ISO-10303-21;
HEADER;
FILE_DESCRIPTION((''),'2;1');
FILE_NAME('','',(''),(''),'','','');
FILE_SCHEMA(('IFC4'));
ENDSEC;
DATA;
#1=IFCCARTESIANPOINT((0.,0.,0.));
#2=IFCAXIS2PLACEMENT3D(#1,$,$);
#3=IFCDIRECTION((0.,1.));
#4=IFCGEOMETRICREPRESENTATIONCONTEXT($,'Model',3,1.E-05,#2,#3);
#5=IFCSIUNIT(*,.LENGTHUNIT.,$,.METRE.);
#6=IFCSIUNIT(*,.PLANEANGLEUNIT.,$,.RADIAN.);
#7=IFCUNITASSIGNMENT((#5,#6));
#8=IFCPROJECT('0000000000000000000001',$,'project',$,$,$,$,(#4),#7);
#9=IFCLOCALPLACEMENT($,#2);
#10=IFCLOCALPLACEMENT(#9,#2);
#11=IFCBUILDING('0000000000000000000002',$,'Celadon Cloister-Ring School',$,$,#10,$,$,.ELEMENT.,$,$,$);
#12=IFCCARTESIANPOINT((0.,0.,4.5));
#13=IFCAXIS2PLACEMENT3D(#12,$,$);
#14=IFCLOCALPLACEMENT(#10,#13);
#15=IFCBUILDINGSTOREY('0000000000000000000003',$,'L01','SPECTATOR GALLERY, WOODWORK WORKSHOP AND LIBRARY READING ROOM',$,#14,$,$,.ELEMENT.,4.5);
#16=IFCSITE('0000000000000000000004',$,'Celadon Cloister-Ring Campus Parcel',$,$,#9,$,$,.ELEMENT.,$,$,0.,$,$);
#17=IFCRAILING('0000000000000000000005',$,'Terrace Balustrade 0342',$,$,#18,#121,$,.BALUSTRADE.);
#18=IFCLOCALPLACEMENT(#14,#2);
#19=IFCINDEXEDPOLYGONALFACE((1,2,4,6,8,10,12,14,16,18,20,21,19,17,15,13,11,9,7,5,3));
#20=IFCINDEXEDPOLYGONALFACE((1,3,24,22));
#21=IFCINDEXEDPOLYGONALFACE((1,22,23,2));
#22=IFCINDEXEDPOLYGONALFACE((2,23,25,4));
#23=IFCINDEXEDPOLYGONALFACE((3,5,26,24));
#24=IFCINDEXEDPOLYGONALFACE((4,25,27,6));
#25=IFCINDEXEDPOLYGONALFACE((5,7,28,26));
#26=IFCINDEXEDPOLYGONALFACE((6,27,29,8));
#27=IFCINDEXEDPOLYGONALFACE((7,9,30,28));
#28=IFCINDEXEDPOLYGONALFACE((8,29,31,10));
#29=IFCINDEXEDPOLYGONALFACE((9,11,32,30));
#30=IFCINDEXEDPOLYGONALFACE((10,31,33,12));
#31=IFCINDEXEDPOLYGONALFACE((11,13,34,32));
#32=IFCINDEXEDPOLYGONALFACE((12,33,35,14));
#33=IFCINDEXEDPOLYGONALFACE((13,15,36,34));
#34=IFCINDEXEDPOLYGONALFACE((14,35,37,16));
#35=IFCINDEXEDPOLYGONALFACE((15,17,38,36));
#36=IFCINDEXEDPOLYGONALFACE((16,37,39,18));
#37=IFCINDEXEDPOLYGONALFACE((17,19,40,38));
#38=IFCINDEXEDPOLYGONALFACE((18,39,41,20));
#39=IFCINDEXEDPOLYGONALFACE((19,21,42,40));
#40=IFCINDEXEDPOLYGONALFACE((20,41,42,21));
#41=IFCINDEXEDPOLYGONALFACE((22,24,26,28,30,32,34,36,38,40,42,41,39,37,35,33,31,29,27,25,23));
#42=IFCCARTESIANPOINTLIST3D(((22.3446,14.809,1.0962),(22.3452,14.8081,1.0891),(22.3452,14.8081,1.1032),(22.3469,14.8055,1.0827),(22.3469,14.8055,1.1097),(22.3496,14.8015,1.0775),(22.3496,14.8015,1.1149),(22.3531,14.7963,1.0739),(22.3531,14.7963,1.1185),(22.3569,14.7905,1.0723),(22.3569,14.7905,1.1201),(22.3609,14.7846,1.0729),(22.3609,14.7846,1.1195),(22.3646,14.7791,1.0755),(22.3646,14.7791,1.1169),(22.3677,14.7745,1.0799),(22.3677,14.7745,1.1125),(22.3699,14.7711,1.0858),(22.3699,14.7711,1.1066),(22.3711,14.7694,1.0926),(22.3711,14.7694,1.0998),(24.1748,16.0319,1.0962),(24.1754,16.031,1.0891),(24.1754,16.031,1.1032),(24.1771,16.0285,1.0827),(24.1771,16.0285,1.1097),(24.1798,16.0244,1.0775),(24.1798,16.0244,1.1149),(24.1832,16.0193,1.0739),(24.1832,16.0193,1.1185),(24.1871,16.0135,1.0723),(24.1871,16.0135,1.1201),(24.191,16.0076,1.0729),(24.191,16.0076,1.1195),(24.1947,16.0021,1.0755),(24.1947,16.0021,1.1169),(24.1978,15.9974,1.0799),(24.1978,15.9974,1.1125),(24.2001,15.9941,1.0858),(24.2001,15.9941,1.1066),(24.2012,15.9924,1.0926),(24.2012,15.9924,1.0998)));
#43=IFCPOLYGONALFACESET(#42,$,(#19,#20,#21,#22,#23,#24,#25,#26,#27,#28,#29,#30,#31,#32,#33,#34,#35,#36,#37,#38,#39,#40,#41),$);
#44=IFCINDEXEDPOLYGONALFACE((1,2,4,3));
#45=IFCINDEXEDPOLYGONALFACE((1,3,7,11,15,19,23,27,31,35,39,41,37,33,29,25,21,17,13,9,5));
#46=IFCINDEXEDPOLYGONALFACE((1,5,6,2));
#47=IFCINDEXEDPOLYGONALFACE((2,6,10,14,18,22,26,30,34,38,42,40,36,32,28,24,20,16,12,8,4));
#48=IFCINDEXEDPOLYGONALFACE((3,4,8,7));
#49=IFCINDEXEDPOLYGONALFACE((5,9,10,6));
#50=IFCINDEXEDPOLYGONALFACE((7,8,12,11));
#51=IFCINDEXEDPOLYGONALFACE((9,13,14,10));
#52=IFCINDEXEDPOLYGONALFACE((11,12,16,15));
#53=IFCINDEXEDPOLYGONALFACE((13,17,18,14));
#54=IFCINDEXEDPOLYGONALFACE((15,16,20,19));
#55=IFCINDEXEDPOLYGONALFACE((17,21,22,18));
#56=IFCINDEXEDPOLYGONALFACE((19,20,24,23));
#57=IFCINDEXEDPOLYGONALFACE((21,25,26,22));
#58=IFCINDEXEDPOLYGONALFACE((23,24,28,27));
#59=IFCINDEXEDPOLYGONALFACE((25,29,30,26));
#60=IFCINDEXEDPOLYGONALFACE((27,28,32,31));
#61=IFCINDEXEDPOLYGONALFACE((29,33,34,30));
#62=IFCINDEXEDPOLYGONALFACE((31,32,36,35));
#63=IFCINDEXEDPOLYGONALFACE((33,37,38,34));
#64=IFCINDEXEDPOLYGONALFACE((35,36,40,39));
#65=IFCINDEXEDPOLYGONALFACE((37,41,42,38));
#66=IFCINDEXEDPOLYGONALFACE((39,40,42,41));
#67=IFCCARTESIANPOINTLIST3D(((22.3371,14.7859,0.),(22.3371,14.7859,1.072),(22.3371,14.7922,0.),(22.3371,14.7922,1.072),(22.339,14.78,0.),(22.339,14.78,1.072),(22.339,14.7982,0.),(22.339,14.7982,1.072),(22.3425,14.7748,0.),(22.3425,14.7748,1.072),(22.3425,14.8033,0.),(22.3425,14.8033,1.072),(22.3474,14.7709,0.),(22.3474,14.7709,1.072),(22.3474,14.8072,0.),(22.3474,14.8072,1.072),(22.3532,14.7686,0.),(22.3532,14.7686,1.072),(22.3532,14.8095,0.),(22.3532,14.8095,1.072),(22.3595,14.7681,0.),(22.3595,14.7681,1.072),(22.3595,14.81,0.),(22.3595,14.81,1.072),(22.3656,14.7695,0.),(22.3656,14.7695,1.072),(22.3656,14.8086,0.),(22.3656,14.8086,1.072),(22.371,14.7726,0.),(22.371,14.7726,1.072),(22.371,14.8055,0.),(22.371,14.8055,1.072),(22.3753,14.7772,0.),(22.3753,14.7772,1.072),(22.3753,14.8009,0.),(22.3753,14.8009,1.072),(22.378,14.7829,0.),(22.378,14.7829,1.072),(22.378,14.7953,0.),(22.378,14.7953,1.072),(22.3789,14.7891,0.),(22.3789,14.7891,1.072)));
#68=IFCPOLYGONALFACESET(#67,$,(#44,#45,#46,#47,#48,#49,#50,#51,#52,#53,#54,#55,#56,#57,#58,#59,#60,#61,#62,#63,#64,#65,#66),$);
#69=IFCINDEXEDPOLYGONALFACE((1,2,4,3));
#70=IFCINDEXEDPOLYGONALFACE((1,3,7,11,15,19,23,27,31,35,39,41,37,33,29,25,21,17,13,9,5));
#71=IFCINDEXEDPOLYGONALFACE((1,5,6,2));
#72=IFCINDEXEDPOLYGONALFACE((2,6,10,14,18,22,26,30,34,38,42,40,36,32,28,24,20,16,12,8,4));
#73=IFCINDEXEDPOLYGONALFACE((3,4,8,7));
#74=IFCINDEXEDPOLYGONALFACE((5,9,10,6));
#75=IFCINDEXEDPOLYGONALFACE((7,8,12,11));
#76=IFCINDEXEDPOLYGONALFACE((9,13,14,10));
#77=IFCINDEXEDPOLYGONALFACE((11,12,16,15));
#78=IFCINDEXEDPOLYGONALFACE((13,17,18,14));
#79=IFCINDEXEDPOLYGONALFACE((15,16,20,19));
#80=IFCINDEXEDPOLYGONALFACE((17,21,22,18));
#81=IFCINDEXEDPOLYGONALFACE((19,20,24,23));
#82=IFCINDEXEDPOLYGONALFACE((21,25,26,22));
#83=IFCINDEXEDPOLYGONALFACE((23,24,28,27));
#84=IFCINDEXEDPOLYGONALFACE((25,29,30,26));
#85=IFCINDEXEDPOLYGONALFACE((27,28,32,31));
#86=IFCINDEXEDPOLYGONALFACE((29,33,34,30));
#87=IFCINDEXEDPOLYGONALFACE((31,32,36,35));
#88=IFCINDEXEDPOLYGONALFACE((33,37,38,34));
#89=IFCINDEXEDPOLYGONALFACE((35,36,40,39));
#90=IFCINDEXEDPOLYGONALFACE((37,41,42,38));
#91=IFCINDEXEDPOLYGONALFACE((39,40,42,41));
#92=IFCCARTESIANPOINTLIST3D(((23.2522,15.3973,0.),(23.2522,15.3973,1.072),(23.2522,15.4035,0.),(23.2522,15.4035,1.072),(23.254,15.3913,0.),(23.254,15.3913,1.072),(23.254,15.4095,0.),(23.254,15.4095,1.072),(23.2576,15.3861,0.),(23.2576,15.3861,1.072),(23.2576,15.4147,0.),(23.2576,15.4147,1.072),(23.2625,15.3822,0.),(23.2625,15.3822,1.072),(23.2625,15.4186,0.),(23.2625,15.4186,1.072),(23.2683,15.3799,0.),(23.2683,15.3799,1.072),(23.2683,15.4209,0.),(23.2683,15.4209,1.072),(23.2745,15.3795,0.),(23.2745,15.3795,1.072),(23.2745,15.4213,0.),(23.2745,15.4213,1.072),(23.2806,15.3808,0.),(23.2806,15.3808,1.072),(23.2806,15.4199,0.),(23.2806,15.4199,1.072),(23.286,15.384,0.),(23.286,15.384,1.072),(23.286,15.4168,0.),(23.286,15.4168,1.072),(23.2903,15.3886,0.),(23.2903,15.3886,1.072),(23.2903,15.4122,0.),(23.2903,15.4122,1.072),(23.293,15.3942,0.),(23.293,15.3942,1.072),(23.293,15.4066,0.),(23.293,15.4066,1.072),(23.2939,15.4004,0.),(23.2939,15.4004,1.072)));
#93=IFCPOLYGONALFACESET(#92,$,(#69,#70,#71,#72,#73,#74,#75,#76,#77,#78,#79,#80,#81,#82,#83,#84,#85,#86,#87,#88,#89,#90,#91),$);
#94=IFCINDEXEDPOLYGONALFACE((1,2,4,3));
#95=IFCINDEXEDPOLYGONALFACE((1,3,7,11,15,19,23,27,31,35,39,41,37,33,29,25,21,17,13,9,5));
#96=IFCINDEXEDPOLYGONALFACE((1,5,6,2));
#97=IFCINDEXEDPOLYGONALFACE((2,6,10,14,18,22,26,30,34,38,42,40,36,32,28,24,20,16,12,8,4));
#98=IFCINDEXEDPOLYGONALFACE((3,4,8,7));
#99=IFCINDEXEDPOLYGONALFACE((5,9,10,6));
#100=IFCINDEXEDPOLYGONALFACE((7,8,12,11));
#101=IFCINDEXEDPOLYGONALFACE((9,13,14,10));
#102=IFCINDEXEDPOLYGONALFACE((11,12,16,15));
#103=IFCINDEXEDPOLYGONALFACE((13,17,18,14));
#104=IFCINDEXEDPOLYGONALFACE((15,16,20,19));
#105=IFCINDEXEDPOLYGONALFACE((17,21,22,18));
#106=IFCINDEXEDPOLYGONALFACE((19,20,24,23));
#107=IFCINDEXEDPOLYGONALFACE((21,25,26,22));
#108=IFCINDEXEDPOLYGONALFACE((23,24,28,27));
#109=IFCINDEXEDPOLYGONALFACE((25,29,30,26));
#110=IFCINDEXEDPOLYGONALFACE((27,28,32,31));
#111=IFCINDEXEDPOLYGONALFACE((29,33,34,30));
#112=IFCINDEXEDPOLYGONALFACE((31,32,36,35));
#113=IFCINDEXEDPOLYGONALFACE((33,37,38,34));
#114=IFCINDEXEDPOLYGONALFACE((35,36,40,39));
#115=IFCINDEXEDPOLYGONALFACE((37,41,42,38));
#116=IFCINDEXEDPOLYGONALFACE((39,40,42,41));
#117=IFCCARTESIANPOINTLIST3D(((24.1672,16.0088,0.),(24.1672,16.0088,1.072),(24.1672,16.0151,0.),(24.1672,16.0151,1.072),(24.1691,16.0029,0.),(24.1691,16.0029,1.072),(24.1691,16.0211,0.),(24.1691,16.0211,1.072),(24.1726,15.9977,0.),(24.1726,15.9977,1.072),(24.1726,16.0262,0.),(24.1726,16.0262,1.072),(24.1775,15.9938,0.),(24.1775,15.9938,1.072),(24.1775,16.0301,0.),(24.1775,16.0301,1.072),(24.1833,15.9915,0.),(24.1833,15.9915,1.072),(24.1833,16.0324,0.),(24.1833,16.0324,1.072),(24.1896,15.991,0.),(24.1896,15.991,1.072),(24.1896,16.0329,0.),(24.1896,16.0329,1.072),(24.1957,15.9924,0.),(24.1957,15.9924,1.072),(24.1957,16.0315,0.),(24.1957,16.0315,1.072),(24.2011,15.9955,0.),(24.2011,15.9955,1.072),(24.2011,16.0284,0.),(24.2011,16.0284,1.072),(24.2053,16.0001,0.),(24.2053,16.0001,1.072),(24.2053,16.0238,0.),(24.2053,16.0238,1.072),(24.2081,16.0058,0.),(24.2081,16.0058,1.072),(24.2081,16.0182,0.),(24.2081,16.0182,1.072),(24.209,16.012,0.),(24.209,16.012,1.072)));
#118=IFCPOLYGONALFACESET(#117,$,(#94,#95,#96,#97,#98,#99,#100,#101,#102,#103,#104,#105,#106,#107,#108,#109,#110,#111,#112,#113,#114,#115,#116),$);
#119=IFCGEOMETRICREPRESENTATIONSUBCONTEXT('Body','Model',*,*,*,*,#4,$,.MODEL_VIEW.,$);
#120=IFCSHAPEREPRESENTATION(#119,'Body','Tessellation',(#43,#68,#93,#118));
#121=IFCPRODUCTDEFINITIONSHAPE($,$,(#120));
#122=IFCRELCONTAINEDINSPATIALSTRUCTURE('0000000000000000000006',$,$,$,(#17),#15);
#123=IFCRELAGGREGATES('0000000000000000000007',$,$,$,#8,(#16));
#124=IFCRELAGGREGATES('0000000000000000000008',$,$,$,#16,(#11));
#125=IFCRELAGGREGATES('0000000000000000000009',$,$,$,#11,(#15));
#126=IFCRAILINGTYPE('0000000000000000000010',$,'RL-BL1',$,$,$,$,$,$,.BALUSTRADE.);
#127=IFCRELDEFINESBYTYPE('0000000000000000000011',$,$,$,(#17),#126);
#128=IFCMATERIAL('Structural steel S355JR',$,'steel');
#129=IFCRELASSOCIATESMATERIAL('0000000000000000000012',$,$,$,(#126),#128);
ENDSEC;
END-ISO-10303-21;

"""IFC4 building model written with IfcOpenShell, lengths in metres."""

from ifc_helpers import new_model, si_unit, direction, frame, origin, origin_2d, place, context, subcontext, project, spatial, circle, extrude, material, type_object, element, save


model = new_model("IFC4")

# Units and contexts
model_context = context("Model", 3, precision=1e-05, world=origin(), true_north=direction((0.0, 1.0)))
body_context = subcontext(model_context, "Body", "Model", "MODEL_VIEW")
ifc_project = project(units=[si_unit("LENGTHUNIT", "METRE"), si_unit("PLANEANGLEUNIT", "RADIAN")], contexts=[model_context])

# Site, building, storey
site_placement = place(None, origin())
site = spatial("IfcSite", under=ifc_project, at=site_placement, Name="Celadon Cloister-Ring Campus Parcel", CompositionType="ELEMENT", RefElevation=0.0)
building_placement = place(site_placement, origin())
building = spatial("IfcBuilding", under=site, at=building_placement, Name="Celadon Cloister-Ring School", CompositionType="ELEMENT")
storey_placement = place(building_placement, frame((0.0, 0.0, 4.5)))
storey = spatial("IfcBuildingStorey", under=building, at=storey_placement, Name="L01", Description="SPECTATOR GALLERY, WOODWORK WORKSHOP AND LIBRARY READING ROOM", CompositionType="ELEMENT", Elevation=4.5)

# Railing
ifc_material_1 = material(Name="Structural steel S355JR", Category="steel")
railing_type = type_object("IfcRailingType", Name="RL-BL1", PredefinedType="BALUSTRADE", material=ifc_material_1)
railing_1_placement = place(storey_placement, frame((22.3579, 14.7891, 0.0)))
element("IfcRailing", 1, at=railing_1_placement, inside=storey, type_object=railing_type, Name="Terrace Balustrade 0342", PredefinedType="BALUSTRADE", context=body_context, shape_type="SweptSolid", body=[
    extrude(circle(Radius=0.0239, at=origin_2d()), frame((0.0, 0.0, 1.0962), z_axis=(0.831453, 0.555596, 0.0), x_axis=(-0.555596, 0.831453, 0.0)), (0.0, 0.0, 1.0), 2.2012),
    extrude(circle(Radius=0.021, at=origin_2d()), origin(), (0.0, 0.0, 1.0), 1.072),
    extrude(circle(Radius=0.021, at=origin_2d()), frame((0.915, 0.6113, 0.0)), (0.0, 0.0, 1.0), 1.072),
    extrude(circle(Radius=0.021, at=origin_2d()), frame((1.8301, 1.2229, 0.0)), (0.0, 0.0, 1.0), 1.072),
])

save(model, "model.ifc")
